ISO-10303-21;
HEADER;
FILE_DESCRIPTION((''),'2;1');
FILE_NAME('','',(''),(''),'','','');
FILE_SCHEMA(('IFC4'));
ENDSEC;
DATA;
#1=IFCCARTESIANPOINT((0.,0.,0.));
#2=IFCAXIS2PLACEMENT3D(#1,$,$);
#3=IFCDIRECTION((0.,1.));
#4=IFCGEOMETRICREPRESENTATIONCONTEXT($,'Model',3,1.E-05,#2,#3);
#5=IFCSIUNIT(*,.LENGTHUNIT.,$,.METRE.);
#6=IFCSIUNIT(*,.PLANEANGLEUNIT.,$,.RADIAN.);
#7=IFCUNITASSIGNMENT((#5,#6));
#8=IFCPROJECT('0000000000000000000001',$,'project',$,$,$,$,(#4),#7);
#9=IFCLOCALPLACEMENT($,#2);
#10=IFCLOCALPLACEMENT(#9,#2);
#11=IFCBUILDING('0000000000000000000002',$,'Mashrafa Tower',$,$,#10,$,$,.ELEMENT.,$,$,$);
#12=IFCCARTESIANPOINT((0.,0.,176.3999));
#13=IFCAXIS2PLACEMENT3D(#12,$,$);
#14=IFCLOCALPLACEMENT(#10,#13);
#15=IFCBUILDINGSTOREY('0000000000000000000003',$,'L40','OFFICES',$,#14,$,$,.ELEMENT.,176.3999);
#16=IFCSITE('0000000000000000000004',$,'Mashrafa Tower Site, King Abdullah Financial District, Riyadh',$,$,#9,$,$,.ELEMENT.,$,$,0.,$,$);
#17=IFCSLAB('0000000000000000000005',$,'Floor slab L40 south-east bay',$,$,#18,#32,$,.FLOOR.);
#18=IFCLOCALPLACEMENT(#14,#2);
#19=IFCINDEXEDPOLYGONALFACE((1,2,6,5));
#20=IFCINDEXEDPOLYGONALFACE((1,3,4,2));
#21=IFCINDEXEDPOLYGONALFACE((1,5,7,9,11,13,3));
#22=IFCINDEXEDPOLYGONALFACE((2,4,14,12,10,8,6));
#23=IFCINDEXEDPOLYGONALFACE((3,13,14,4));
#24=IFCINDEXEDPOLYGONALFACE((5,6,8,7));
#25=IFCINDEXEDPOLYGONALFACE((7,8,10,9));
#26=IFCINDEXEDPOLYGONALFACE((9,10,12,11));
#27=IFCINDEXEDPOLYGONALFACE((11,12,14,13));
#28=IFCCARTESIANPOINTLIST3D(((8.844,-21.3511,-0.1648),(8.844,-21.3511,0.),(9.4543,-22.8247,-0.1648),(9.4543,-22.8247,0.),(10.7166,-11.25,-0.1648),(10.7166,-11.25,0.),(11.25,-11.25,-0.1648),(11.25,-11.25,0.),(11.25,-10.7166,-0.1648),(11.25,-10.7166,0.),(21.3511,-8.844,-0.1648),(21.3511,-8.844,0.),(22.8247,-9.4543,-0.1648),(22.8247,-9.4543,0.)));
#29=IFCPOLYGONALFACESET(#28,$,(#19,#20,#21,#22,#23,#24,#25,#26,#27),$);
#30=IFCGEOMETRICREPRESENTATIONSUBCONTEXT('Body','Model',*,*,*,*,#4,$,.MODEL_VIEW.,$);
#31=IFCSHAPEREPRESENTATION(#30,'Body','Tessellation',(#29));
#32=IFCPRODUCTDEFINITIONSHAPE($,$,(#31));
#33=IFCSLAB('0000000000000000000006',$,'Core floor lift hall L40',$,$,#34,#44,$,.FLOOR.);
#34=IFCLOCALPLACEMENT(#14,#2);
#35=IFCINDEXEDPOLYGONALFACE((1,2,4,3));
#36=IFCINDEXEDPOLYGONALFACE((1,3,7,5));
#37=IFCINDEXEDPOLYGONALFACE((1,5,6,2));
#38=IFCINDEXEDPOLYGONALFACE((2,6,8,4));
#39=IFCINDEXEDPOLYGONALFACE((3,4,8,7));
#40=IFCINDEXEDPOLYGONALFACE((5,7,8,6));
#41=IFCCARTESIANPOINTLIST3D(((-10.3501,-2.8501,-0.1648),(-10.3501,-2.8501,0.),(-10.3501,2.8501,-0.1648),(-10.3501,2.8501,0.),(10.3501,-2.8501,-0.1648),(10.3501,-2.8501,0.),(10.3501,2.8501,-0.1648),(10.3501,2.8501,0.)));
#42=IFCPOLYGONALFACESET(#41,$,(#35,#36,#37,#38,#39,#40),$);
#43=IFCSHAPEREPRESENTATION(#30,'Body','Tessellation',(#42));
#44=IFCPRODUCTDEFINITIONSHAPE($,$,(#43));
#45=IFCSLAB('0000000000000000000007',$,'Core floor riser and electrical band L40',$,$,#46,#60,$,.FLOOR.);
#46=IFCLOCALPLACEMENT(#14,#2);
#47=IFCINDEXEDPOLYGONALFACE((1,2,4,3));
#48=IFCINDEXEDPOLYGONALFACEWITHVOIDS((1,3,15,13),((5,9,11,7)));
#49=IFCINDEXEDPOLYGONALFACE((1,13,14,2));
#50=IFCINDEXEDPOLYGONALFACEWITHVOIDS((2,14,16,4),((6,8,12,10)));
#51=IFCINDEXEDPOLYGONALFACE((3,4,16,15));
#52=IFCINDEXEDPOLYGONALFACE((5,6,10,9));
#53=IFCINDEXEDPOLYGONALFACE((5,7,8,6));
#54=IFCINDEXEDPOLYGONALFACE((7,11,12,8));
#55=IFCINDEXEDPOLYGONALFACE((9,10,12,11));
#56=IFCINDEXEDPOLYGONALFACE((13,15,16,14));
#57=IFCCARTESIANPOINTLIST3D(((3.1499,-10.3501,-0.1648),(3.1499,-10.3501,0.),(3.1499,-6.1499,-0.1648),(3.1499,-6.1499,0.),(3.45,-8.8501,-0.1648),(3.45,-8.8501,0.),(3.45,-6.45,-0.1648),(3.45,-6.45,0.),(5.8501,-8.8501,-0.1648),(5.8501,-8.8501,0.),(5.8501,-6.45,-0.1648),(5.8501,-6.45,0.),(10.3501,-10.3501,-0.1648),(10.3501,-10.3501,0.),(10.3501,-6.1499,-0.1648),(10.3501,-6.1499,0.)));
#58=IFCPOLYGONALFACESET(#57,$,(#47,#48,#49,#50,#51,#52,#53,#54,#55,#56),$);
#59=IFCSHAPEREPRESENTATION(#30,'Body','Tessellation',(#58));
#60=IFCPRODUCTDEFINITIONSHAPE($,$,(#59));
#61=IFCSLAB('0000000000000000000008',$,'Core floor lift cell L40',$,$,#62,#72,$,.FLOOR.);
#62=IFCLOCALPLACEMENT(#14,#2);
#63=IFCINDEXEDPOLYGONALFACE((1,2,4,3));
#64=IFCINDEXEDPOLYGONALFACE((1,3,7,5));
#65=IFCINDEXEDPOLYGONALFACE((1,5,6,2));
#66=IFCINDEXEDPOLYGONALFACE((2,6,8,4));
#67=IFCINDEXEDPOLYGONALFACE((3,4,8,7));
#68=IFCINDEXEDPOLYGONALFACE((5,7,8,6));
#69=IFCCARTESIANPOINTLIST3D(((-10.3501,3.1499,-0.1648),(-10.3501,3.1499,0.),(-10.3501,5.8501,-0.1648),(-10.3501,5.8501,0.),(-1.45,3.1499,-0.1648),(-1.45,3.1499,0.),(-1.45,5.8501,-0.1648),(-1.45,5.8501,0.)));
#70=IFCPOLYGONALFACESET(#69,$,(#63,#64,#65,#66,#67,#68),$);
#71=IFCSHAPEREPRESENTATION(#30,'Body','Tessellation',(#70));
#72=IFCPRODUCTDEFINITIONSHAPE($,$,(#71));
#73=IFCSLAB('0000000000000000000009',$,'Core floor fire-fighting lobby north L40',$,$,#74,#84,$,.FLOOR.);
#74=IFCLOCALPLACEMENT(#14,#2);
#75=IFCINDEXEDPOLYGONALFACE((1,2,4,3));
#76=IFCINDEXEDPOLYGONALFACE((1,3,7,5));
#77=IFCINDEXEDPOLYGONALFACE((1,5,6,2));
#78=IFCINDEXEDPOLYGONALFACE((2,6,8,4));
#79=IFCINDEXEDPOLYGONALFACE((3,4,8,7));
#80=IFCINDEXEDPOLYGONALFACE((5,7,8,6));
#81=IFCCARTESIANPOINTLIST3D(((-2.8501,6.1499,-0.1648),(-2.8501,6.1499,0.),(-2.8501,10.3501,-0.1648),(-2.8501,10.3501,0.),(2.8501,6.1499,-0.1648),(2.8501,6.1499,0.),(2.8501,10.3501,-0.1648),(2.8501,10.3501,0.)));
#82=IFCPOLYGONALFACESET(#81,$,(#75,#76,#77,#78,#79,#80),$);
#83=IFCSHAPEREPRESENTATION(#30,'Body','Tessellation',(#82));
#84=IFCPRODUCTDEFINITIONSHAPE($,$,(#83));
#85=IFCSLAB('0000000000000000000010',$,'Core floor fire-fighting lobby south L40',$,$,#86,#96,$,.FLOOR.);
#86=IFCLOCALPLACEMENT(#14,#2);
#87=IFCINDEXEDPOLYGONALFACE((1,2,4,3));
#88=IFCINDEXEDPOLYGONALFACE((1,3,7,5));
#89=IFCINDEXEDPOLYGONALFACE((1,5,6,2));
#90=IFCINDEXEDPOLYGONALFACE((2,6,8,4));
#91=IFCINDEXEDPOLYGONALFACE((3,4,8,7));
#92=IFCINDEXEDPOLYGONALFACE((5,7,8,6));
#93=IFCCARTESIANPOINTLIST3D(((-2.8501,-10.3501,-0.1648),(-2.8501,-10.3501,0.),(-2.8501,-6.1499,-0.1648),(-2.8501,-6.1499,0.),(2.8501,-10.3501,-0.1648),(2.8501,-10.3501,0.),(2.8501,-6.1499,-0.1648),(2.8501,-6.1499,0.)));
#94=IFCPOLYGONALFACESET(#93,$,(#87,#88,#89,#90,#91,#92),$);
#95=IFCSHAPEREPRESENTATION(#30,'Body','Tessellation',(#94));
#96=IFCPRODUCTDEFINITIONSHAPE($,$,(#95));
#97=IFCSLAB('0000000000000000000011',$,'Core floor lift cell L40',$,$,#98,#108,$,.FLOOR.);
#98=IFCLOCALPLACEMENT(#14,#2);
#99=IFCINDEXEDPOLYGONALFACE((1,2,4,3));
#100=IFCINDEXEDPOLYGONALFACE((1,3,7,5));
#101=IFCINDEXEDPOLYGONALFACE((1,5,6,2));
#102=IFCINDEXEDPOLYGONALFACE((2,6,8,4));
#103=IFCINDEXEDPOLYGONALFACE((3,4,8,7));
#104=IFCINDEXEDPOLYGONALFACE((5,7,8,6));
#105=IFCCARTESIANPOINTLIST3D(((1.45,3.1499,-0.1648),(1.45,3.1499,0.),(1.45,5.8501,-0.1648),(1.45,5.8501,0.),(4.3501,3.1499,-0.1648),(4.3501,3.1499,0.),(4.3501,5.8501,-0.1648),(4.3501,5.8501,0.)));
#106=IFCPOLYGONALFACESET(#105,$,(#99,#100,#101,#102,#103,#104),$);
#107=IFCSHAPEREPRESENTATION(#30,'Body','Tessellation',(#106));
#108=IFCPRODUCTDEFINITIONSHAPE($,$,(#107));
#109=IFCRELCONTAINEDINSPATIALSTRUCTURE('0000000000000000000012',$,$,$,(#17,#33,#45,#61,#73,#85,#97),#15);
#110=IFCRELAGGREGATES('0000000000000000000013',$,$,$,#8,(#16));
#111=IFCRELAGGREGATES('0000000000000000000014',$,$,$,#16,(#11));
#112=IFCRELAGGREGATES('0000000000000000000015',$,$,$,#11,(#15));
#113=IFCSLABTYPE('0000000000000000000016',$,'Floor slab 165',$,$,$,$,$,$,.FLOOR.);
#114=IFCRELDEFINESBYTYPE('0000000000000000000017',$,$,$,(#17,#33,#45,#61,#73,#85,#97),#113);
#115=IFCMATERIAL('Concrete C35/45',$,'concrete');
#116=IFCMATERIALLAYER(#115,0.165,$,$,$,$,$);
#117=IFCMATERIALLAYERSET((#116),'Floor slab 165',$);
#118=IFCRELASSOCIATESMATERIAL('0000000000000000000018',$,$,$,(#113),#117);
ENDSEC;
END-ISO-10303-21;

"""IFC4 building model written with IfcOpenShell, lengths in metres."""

from ifc_helpers import new_model, si_unit, direction, frame, origin, place, context, subcontext, project, spatial, polyline, outline, extrude, material, layer, layer_set, type_object, element, save


model = new_model("IFC4")

# Units and contexts
model_context = context("Model", 3, precision=1e-05, world=origin(), true_north=direction((0.0, 1.0)))
body_context = subcontext(model_context, "Body", "Model", "MODEL_VIEW")
ifc_project = project(units=[si_unit("LENGTHUNIT", "METRE"), si_unit("PLANEANGLEUNIT", "RADIAN")], contexts=[model_context])

# Site, building, storey
site_placement = place(None, origin())
site = spatial("IfcSite", under=ifc_project, at=site_placement, Name="Mashrafa Tower Site, King Abdullah Financial District, Riyadh", CompositionType="ELEMENT", RefElevation=0.0)
building_placement = place(site_placement, origin())
building = spatial("IfcBuilding", under=site, at=building_placement, Name="Mashrafa Tower", CompositionType="ELEMENT")
storey_placement = place(building_placement, frame((0.0, 0.0, 176.3999)))
storey = spatial("IfcBuildingStorey", under=building, at=storey_placement, Name="L40", Description="OFFICES", CompositionType="ELEMENT", Elevation=176.3999)

# Slabs
ifc_material_1 = material(Name="Concrete C35/45", Category="concrete")
ifc_layer_1 = layer(ifc_material_1, 0.165)
ifc_layer_set_1 = layer_set([ifc_layer_1], Name="Floor slab 165")
slab_type = type_object("IfcSlabType", Name="Floor slab 165", PredefinedType="FLOOR", material=ifc_layer_set_1)
slab_1_placement = place(storey_placement, frame((0.0, 0.0, -0.1648)))
element("IfcSlab", 1, at=slab_1_placement, inside=storey, type_object=slab_type, Name="Floor slab L40 south-east bay", PredefinedType="FLOOR", context=body_context, shape_type="SweptSolid", body=[
    extrude(outline(polyline([(9.4543, -22.8247), (8.844, -21.3511), (10.7166, -11.25), (11.25, -11.25), (11.25, -10.7166), (21.3511, -8.844), (22.8247, -9.4543), (22.8247, -9.4543), (9.4543, -22.8247), (9.4543, -22.8247)])), origin(), (0.0, 0.0, 1.0), 0.1648),
])
slab_2_placement = place(storey_placement, frame((0.0, 0.0, -0.1648)))
element("IfcSlab", 2, at=slab_2_placement, inside=storey, type_object=slab_type, Name="Core floor lift hall L40", PredefinedType="FLOOR", context=body_context, shape_type="SweptSolid", body=[
    extrude(outline(polyline([(-10.3501, 2.8501), (10.3501, 2.8501), (10.3501, -2.8501), (-10.3501, -2.8501), (-10.3501, 2.8501)])), origin(), (0.0, 0.0, 1.0), 0.1648),
])
slab_3_placement = place(storey_placement, frame((0.0, 0.0, -0.1648)))
element("IfcSlab", 3, at=slab_3_placement, inside=storey, type_object=slab_type, Name="Core floor riser and electrical band L40", PredefinedType="FLOOR", context=body_context, shape_type="SweptSolid", body=[
    extrude(outline(polyline([(10.3501, -6.1499), (10.3501, -10.3501), (3.1499, -10.3501), (3.1499, -6.1499), (10.3501, -6.1499)]), holes=[polyline([(3.45, -8.8501), (5.8501, -8.8501), (5.8501, -6.45), (3.45, -6.45), (3.45, -8.8501)])]), origin(), (0.0, 0.0, 1.0), 0.1648),
])
slab_4_placement = place(storey_placement, frame((0.0, 0.0, -0.1648)))
element("IfcSlab", 4, at=slab_4_placement, inside=storey, type_object=slab_type, Name="Core floor lift cell L40", PredefinedType="FLOOR", context=body_context, shape_type="SweptSolid", body=[
    extrude(outline(polyline([(-1.45, 3.1499), (-10.3501, 3.1499), (-10.3501, 5.8501), (-1.45, 5.8501), (-1.45, 3.1499)])), origin(), (0.0, 0.0, 1.0), 0.1648),
])
slab_5_placement = place(storey_placement, frame((0.0, 0.0, -0.1648)))
element("IfcSlab", 5, at=slab_5_placement, inside=storey, type_object=slab_type, Name="Core floor fire-fighting lobby north L40", PredefinedType="FLOOR", context=body_context, shape_type="SweptSolid", body=[
    extrude(outline(polyline([(-2.8501, 10.3501), (2.8501, 10.3501), (2.8501, 6.1499), (-2.8501, 6.1499), (-2.8501, 10.3501)])), origin(), (0.0, 0.0, 1.0), 0.1648),
])
slab_6_placement = place(storey_placement, frame((0.0, 0.0, -0.1648)))
element("IfcSlab", 6, at=slab_6_placement, inside=storey, type_object=slab_type, Name="Core floor fire-fighting lobby south L40", PredefinedType="FLOOR", context=body_context, shape_type="SweptSolid", body=[
    extrude(outline(polyline([(2.8501, -6.1499), (2.8501, -10.3501), (-2.8501, -10.3501), (-2.8501, -6.1499), (2.8501, -6.1499)])), origin(), (0.0, 0.0, 1.0), 0.1648),
])
slab_7_placement = place(storey_placement, frame((0.0, 0.0, -0.1648)))
element("IfcSlab", 7, at=slab_7_placement, inside=storey, type_object=slab_type, Name="Core floor lift cell L40", PredefinedType="FLOOR", context=body_context, shape_type="SweptSolid", body=[
    extrude(outline(polyline([(4.3501, 5.8501), (4.3501, 3.1499), (1.45, 3.1499), (1.45, 5.8501), (4.3501, 5.8501)])), origin(), (0.0, 0.0, 1.0), 0.1648),
])

save(model, "model.ifc")
